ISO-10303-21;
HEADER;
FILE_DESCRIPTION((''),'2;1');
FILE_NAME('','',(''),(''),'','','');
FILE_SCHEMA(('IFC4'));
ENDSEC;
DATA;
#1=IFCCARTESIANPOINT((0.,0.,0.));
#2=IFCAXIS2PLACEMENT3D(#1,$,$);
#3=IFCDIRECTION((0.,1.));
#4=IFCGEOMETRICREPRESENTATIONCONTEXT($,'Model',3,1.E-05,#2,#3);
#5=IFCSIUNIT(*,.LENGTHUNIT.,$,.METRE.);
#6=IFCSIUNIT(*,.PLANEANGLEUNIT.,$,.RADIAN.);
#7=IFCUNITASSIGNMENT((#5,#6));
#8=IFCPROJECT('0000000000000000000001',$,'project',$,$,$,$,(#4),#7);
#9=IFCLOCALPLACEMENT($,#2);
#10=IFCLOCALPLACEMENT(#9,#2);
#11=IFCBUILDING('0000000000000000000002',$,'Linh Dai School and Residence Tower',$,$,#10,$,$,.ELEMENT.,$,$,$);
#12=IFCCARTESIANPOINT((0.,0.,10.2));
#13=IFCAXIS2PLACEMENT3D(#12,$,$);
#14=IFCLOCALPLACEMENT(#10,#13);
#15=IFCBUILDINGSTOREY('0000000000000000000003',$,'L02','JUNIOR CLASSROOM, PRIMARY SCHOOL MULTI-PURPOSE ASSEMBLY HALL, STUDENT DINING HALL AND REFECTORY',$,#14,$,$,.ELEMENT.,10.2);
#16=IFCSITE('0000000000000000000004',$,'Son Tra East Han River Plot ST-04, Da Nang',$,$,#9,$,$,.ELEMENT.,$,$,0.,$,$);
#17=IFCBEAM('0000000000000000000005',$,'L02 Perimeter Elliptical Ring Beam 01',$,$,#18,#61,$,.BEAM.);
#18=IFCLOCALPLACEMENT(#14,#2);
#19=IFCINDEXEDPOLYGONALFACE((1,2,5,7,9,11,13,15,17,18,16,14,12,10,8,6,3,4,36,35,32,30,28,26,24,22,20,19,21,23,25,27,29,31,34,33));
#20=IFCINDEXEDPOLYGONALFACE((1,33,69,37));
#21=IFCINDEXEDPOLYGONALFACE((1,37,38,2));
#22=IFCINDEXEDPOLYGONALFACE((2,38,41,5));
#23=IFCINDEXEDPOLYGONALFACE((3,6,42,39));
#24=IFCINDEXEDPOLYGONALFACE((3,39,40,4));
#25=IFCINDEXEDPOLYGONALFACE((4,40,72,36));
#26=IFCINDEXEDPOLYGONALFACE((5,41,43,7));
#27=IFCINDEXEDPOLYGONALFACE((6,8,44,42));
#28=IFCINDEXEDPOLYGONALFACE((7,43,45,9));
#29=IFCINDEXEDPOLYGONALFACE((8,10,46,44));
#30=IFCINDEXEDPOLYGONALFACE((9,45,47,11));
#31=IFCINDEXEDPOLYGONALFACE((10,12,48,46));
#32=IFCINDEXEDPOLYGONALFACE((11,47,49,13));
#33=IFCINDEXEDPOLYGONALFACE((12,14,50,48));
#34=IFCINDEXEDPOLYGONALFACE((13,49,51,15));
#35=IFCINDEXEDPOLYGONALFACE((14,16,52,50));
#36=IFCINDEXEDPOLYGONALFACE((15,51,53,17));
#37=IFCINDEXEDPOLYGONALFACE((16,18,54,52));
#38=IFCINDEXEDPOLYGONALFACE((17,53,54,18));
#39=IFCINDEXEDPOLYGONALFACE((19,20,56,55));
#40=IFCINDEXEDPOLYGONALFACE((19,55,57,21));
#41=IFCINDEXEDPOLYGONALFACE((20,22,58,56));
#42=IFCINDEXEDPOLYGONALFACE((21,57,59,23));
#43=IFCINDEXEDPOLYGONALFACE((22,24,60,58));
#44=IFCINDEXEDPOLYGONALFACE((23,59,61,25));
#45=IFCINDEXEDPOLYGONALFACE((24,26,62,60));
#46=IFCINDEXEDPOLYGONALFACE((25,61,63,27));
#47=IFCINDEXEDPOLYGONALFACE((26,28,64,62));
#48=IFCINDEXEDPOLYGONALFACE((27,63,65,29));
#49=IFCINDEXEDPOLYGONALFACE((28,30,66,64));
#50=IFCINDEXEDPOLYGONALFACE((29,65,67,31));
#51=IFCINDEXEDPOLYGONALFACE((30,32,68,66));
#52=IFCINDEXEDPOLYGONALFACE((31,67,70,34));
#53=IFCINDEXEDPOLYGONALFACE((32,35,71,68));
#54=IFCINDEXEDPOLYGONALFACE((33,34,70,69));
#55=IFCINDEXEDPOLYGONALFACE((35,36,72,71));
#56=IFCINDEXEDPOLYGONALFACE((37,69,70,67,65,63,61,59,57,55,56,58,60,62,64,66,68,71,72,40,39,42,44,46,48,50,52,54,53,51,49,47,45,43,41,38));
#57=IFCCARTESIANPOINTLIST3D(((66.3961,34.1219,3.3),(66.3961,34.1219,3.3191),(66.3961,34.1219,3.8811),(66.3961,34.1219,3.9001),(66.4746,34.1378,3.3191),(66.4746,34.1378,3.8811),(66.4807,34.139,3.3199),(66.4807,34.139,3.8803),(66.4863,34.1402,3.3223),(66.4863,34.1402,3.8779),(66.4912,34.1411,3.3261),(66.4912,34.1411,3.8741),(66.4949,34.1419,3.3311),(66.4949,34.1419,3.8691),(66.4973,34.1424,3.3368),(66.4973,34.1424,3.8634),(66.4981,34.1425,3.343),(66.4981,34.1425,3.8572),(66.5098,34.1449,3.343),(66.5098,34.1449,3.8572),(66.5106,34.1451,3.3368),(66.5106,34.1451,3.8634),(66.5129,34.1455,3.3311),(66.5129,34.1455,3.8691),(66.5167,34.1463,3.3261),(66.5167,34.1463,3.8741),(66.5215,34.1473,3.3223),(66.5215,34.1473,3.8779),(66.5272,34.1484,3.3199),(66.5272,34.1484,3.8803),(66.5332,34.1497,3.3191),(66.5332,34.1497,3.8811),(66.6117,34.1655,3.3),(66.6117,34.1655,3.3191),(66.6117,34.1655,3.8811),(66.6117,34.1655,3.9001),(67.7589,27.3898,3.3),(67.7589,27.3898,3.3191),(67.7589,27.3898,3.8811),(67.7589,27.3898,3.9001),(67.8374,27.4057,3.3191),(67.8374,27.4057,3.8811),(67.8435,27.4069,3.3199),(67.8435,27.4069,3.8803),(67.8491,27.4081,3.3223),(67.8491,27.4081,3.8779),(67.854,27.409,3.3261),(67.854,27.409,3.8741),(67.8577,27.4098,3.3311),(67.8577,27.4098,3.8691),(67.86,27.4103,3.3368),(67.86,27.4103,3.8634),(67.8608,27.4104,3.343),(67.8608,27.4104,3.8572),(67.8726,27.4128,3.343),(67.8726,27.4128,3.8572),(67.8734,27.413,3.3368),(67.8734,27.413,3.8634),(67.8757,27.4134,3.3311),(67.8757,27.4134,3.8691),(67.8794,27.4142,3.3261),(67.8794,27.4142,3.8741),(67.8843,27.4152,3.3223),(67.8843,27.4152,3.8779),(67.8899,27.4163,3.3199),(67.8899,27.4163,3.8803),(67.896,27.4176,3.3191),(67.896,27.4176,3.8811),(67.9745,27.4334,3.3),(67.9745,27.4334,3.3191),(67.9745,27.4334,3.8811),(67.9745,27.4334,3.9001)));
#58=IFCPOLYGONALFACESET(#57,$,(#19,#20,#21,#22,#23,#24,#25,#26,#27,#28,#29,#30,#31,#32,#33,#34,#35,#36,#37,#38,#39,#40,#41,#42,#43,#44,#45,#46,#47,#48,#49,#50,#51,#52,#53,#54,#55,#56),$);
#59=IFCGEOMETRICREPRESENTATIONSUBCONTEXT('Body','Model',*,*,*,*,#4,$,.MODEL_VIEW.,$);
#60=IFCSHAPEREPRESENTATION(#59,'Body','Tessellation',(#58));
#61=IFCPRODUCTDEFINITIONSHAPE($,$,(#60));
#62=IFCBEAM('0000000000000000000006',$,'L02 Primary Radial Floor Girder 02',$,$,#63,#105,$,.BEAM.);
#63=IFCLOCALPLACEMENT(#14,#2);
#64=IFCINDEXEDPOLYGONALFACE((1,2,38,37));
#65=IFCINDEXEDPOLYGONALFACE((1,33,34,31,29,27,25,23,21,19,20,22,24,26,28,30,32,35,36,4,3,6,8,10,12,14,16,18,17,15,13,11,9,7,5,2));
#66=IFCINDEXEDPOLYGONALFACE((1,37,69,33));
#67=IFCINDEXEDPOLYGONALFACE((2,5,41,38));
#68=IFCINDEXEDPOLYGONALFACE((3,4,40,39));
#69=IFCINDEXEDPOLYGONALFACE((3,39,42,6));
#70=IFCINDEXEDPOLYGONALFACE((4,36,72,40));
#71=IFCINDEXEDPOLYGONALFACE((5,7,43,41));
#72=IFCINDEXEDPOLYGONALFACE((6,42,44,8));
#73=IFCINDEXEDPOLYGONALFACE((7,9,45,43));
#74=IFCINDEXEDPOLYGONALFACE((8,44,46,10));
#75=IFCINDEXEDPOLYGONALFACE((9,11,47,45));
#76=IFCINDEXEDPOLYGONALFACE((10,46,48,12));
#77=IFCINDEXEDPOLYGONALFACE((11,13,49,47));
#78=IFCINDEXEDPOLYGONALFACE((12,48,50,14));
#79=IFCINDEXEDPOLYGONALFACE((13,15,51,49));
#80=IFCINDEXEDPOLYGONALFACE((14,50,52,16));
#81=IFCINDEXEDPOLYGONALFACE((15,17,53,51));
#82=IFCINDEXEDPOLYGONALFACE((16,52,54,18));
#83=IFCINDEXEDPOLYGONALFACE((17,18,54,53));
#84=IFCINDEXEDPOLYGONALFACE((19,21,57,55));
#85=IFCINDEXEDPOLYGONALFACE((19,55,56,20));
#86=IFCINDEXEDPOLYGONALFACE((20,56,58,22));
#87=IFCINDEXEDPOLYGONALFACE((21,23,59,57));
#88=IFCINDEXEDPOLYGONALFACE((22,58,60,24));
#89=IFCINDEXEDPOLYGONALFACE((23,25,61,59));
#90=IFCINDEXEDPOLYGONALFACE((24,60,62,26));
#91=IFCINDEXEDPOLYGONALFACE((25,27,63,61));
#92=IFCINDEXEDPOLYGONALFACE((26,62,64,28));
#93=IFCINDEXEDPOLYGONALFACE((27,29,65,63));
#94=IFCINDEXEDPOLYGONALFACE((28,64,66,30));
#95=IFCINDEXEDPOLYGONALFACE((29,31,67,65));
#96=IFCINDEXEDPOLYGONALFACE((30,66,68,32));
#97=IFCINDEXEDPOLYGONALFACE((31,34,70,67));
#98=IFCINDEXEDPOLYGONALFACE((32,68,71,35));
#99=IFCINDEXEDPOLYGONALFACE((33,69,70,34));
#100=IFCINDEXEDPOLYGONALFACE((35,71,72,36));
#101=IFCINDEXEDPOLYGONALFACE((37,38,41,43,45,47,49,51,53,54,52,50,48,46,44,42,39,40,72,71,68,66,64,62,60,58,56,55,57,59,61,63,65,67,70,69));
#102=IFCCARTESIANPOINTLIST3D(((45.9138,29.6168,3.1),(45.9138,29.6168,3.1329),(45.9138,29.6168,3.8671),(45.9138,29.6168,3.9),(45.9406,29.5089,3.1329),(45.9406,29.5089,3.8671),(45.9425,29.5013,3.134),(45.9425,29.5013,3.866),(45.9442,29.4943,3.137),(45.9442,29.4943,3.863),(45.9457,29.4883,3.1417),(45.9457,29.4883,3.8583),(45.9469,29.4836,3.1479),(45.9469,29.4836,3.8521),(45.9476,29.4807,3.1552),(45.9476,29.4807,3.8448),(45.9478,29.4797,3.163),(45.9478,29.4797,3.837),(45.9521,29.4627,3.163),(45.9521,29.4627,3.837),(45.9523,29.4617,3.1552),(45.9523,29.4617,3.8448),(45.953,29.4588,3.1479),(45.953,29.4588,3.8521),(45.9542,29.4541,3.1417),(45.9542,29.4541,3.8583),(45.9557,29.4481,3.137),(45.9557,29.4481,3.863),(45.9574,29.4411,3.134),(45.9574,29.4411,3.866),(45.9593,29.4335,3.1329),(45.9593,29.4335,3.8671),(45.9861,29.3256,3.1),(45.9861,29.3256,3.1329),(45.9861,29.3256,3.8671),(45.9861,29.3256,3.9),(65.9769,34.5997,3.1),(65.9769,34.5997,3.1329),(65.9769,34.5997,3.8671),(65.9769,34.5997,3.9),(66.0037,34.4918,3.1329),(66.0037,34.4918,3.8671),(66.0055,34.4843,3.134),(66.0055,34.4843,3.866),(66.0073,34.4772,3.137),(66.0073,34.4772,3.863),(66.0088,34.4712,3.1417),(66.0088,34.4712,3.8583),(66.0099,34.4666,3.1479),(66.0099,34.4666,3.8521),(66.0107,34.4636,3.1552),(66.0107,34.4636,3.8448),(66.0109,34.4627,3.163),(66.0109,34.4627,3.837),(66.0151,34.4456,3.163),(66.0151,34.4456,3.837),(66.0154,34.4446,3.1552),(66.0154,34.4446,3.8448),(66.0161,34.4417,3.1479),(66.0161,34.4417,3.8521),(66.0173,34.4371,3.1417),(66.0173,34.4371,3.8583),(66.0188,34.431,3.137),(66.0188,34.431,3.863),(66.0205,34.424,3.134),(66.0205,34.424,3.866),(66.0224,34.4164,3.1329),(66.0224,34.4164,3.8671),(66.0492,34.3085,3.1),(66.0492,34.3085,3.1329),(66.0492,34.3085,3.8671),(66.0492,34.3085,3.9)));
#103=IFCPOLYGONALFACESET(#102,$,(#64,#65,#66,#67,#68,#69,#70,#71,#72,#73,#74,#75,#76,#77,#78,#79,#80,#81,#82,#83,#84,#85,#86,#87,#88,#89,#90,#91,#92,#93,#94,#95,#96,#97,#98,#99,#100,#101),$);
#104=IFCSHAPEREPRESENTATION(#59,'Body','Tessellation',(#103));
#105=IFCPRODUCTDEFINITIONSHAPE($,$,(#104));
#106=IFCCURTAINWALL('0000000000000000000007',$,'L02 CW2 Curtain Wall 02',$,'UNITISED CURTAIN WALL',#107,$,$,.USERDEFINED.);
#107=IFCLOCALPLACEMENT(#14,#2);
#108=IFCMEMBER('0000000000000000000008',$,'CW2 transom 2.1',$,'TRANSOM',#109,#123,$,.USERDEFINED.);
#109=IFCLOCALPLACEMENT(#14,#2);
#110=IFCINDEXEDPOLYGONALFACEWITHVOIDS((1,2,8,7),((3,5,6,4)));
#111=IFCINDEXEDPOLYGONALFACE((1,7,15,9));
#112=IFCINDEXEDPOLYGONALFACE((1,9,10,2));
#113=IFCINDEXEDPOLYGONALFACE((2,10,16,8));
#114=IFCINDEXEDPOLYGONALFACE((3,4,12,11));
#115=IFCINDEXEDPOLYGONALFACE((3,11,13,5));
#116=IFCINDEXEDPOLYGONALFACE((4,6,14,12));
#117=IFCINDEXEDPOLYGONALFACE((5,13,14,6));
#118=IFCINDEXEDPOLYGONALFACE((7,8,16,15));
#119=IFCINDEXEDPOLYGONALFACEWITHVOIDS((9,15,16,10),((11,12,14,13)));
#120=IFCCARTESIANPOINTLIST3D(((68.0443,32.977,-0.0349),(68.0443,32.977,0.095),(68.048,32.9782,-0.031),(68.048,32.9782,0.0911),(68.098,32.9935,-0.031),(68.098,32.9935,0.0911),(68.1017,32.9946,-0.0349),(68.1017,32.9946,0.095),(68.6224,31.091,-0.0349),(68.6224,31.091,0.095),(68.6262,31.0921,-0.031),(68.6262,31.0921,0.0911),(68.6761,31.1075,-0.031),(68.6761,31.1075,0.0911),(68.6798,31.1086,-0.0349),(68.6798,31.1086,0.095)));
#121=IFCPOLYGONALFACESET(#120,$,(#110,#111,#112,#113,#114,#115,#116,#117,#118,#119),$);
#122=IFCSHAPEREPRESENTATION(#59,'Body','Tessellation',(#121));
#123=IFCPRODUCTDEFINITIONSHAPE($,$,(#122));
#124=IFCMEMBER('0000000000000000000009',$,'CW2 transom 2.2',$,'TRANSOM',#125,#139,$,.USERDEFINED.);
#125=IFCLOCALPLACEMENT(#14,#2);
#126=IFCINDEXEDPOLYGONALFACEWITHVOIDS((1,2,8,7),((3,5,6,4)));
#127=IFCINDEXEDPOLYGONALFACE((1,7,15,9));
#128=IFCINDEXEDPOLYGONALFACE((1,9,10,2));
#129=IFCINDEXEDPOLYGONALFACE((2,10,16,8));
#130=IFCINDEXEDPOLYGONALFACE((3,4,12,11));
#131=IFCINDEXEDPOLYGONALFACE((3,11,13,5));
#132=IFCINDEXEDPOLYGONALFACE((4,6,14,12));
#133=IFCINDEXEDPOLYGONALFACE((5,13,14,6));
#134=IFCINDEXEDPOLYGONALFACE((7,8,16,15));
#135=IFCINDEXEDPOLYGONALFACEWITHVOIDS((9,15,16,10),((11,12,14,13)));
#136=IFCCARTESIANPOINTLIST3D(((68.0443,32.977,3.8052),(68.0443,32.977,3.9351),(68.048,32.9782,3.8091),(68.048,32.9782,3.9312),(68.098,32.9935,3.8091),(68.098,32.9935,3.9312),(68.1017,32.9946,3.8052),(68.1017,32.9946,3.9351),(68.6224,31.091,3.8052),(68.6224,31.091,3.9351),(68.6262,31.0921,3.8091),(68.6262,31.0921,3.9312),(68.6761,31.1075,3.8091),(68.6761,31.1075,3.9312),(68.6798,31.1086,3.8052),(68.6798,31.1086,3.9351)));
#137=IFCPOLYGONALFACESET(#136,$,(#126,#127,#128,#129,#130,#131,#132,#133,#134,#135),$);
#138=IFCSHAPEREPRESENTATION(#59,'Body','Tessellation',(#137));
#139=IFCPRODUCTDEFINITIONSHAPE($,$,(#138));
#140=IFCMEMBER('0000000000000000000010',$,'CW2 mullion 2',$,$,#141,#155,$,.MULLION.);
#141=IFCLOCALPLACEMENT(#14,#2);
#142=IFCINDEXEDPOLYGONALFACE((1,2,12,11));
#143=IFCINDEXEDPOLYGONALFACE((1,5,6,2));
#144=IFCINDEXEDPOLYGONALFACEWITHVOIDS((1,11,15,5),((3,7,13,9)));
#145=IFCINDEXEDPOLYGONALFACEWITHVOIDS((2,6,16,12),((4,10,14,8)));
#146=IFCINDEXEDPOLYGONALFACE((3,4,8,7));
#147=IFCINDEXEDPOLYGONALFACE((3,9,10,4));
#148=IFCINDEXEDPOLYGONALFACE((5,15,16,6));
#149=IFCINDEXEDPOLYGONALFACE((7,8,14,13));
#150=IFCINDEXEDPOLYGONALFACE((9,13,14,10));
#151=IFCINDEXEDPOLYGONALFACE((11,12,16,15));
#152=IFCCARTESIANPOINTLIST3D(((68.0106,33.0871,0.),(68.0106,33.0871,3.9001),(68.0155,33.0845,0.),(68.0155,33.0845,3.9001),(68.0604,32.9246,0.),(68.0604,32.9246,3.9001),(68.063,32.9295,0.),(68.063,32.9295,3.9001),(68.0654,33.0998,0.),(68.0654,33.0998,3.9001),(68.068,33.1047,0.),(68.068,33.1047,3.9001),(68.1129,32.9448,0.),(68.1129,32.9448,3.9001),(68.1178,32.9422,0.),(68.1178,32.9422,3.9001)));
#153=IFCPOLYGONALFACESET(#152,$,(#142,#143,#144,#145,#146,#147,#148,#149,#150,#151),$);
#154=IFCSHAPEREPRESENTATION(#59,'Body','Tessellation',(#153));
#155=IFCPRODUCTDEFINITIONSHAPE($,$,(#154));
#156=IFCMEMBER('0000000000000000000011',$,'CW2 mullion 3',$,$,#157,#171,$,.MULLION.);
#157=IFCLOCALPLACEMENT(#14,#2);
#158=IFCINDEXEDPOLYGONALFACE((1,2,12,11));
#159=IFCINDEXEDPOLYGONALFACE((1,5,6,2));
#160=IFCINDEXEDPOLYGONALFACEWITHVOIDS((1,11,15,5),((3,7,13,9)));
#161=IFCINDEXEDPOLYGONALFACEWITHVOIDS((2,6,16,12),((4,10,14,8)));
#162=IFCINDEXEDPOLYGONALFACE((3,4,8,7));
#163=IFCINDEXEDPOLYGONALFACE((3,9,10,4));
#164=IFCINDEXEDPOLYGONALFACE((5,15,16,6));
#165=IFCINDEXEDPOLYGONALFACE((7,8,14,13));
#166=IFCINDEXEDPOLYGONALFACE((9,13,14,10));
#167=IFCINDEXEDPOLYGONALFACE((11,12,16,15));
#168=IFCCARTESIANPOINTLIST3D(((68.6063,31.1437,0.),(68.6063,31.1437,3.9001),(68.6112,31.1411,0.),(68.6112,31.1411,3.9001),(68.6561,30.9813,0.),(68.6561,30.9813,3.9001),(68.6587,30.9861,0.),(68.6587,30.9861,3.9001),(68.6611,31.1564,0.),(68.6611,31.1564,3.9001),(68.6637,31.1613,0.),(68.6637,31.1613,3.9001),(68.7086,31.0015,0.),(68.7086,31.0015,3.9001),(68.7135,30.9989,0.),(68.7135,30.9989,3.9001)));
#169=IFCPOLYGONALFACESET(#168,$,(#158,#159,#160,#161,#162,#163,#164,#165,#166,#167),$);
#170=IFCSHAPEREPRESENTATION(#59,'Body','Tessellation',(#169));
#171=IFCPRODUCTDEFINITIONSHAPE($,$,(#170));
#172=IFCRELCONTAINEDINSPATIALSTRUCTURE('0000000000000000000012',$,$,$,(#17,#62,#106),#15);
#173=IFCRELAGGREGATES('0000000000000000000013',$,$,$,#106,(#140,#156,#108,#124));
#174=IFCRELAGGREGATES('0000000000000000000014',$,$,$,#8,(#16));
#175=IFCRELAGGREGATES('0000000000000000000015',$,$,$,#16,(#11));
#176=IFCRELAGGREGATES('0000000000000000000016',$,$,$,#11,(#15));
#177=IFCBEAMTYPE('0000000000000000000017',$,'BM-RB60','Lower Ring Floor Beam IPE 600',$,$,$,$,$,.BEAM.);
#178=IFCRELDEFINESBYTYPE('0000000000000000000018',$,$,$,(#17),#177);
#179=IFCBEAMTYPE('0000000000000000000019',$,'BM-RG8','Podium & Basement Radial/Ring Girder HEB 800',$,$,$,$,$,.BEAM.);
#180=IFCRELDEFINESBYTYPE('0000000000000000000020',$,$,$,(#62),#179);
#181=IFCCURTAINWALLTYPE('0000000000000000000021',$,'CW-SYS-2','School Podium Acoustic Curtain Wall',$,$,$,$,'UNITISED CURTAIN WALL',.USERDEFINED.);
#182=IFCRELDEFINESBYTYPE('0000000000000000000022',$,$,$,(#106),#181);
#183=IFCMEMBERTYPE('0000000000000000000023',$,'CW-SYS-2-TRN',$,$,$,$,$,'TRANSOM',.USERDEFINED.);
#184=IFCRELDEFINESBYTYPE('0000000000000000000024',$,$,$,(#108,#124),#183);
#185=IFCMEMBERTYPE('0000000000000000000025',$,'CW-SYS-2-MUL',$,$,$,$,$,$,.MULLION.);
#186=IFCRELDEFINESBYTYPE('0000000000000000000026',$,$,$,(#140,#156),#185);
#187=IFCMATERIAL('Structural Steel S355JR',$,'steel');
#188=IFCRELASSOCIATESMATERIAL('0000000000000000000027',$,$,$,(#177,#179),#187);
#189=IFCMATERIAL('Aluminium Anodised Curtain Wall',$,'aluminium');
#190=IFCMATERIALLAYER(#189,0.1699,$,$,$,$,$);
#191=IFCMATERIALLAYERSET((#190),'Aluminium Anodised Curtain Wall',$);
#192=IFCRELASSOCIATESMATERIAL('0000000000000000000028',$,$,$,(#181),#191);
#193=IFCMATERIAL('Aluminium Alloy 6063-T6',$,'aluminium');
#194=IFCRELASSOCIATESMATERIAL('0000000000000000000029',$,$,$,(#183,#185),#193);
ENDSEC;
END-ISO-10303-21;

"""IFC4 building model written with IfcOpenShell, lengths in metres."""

from ifc_helpers import new_model, si_unit, direction, frame, origin, origin_2d, place, context, subcontext, project, spatial, hollow_rectangle, i_section, extrude, source, transform, mapped, material, layer, layer_set, material_profile, profile_set, type_object, element, aggregate, save


model = new_model("IFC4")

# Units and contexts
model_context = context("Model", 3, precision=1e-05, world=origin(), true_north=direction((0.0, 1.0)))
body_context = subcontext(model_context, "Body", "Model", "MODEL_VIEW")
ifc_project = project(units=[si_unit("LENGTHUNIT", "METRE"), si_unit("PLANEANGLEUNIT", "RADIAN")], contexts=[model_context])

# Site, building, storey
site_placement = place(None, origin())
site = spatial("IfcSite", under=ifc_project, at=site_placement, Name="Son Tra East Han River Plot ST-04, Da Nang", CompositionType="ELEMENT", RefElevation=0.0)
building_placement = place(site_placement, origin())
building = spatial("IfcBuilding", under=site, at=building_placement, Name="Linh Dai School and Residence Tower", CompositionType="ELEMENT")
storey_placement = place(building_placement, frame((0.0, 0.0, 10.2)))
storey = spatial("IfcBuildingStorey", under=building, at=storey_placement, Name="L02", Description="JUNIOR CLASSROOM, PRIMARY SCHOOL MULTI-PURPOSE ASSEMBLY HALL, STUDENT DINING HALL AND REFECTORY", CompositionType="ELEMENT", Elevation=10.2)

# Shared definitions
ifc_material_1 = material(Name="Structural Steel S355JR", Category="steel")

# Beams
ifc_material_profile_1 = material_profile(ifc_material_1, i_section(OverallWidth=0.22, OverallDepth=0.6001, WebThickness=0.012, FlangeThickness=0.019, FilletRadius=0.0239, at=origin_2d()), Name="IPE 600")
ifc_profile_set_1 = profile_set([ifc_material_profile_1], Name="Structural Steel S355JR")
beam_type_1 = type_object("IfcBeamType", Name="BM-RB60", Description="Lower Ring Floor Beam IPE 600", PredefinedType="BEAM", material=ifc_profile_set_1)
beam_1_placement = place(storey_placement, frame((67.8667, 27.4116, 3.6001), z_axis=(-0.198405, 0.98012, 0.0), x_axis=(-0.98012, -0.198405, 0.0)))
element("IfcBeam", 1, at=beam_1_placement, inside=storey, type_object=beam_type_1, Name="L02 Perimeter Elliptical Ring Beam 01", PredefinedType="BEAM", context=body_context, shape_type="SweptSolid", body=[
    extrude(i_section(OverallWidth=0.22, OverallDepth=0.6001, WebThickness=0.012, FlangeThickness=0.019, FilletRadius=0.0239, at=origin_2d()), origin(), (0.0, 0.0, 1.0), 6.8687),
])
ifc_material_profile_2 = material_profile(ifc_material_1, i_section(OverallWidth=0.3, OverallDepth=0.8, WebThickness=0.0176, FlangeThickness=0.033, FilletRadius=0.03, at=origin_2d()), Name="HEB 800")
ifc_profile_set_2 = profile_set([ifc_material_profile_2], Name="Structural Steel S355JR")
beam_type_2 = type_object("IfcBeamType", Name="BM-RG8", Description="Podium & Basement Radial/Ring Girder HEB 800", PredefinedType="BEAM", material=ifc_profile_set_2)
beam_2_placement = place(storey_placement, frame((45.95, 29.4712, 3.5), z_axis=(0.970515, 0.24104, 0.0), x_axis=(-0.24104, 0.970515, 0.0)))
element("IfcBeam", 2, at=beam_2_placement, inside=storey, type_object=beam_type_2, Name="L02 Primary Radial Floor Girder 02", PredefinedType="BEAM", context=body_context, shape_type="SweptSolid", body=[
    extrude(i_section(OverallWidth=0.3, OverallDepth=0.8, WebThickness=0.0176, FlangeThickness=0.033, FilletRadius=0.03, at=origin_2d()), origin(), (0.0, 0.0, 1.0), 20.6726),
])

# Curtain wall, members
ifc_material_2 = material(Name="Aluminium Anodised Curtain Wall", Category="aluminium")
ifc_layer_1 = layer(ifc_material_2, 0.1699)
ifc_layer_set_1 = layer_set([ifc_layer_1], Name="Aluminium Anodised Curtain Wall")
curtain_wall_type = type_object("IfcCurtainWallType", Name="CW-SYS-2", Description="School Podium Acoustic Curtain Wall", ElementType="UNITISED CURTAIN WALL", PredefinedType="USERDEFINED", material=ifc_layer_set_1)
curtain_wall_placement = place(storey_placement, origin())
curtain_wall = element("IfcCurtainWall", 3, at=curtain_wall_placement, inside=storey, type_object=curtain_wall_type, Name="L02 CW2 Curtain Wall 02", ObjectType="UNITISED CURTAIN WALL", PredefinedType="USERDEFINED")
ifc_material_3 = material(Name="Aluminium Alloy 6063-T6", Category="aluminium")
ifc_material_profile_3 = material_profile(ifc_material_3, hollow_rectangle(XDim=0.0601, YDim=0.1299, WallThickness=0.0039, at=origin_2d()), Name="RHS 130x60x4")
ifc_profile_set_3 = profile_set([ifc_material_profile_3], Name="Aluminium Alloy 6063-T6")
member_type_1 = type_object("IfcMemberType", Name="CW-SYS-2-TRN", ElementType="TRANSOM", PredefinedType="USERDEFINED", material=ifc_profile_set_3)
shared_shape_1 = source(origin(), body_context, "Body", "SweptSolid", [
    extrude(hollow_rectangle(XDim=0.0601, YDim=0.1299, WallThickness=0.0039, at=origin_2d()), origin(), (0.0, 0.0, 1.0), 1.9727),
])
member_1_placement = place(storey_placement, frame((68.073, 32.9858, 0.03), z_axis=(0.293077, -0.956089, 0.0), x_axis=(0.956089, 0.293077, 0.0)))
member_1 = element("IfcMember", 4, at=member_1_placement, type_object=member_type_1, Name="CW2 transom 2.1", ObjectType="TRANSOM", PredefinedType="USERDEFINED", context=body_context, shape_type="MappedRepresentation", body=[
    mapped(shared_shape_1, transform((0.0, 0.0, 0.0), x_axis=(1.0, 0.0, 0.0), y_axis=(0.0, 1.0, 0.0), z_axis=(0.0, 0.0, 1.0), scale=1.0)),
])
member_2_placement = place(storey_placement, frame((68.073, 32.9858, 3.8701), z_axis=(0.293077, -0.956089, 0.0), x_axis=(0.956089, 0.293077, 0.0)))
member_2 = element("IfcMember", 5, at=member_2_placement, type_object=member_type_1, Name="CW2 transom 2.2", ObjectType="TRANSOM", PredefinedType="USERDEFINED", context=body_context, shape_type="MappedRepresentation", body=[
    mapped(shared_shape_1, transform((0.0, 0.0, 0.0), x_axis=(1.0, 0.0, 0.0), y_axis=(0.0, 1.0, 0.0), z_axis=(0.0, 0.0, 1.0), scale=1.0)),
])
ifc_material_profile_4 = material_profile(ifc_material_3, hollow_rectangle(XDim=0.0601, YDim=0.1699, WallThickness=0.0039, at=origin_2d()), Name="RHS 170x60x4")
ifc_profile_set_4 = profile_set([ifc_material_profile_4], Name="Aluminium Alloy 6063-T6")
member_type_2 = type_object("IfcMemberType", Name="CW-SYS-2-MUL", PredefinedType="MULLION", material=ifc_profile_set_4)
shared_shape_2 = source(origin(), body_context, "Body", "SweptSolid", [
    extrude(hollow_rectangle(XDim=0.0601, YDim=0.1699, WallThickness=0.0039, at=origin_2d()), origin(), (0.0, 0.0, 1.0), 3.9001),
])
member_3_placement = place(storey_placement, frame((68.0642, 33.0146, 0.0), z_axis=(0.0, 0.0, 1.0), x_axis=(0.956081, 0.293104, 0.0)))
member_3 = element("IfcMember", 6, at=member_3_placement, type_object=member_type_2, Name="CW2 mullion 2", PredefinedType="MULLION", context=body_context, shape_type="MappedRepresentation", body=[
    mapped(shared_shape_2, transform((0.0, 0.0, 0.0), x_axis=(1.0, 0.0, 0.0), y_axis=(0.0, 1.0, 0.0), z_axis=(0.0, 0.0, 1.0), scale=1.0)),
])
member_4_placement = place(storey_placement, frame((68.6599, 31.0713, 0.0), z_axis=(0.0, 0.0, 1.0), x_axis=(0.956081, 0.293104, 0.0)))
member_4 = element("IfcMember", 7, at=member_4_placement, type_object=member_type_2, Name="CW2 mullion 3", PredefinedType="MULLION", context=body_context, shape_type="MappedRepresentation", body=[
    mapped(shared_shape_2, transform((0.0, 0.0, 0.0), x_axis=(1.0, 0.0, 0.0), y_axis=(0.0, 1.0, 0.0), z_axis=(0.0, 0.0, 1.0), scale=1.0)),
])

aggregate(curtain_wall, [member_3, member_4, member_1, member_2])

save(model, "model.ifc")
